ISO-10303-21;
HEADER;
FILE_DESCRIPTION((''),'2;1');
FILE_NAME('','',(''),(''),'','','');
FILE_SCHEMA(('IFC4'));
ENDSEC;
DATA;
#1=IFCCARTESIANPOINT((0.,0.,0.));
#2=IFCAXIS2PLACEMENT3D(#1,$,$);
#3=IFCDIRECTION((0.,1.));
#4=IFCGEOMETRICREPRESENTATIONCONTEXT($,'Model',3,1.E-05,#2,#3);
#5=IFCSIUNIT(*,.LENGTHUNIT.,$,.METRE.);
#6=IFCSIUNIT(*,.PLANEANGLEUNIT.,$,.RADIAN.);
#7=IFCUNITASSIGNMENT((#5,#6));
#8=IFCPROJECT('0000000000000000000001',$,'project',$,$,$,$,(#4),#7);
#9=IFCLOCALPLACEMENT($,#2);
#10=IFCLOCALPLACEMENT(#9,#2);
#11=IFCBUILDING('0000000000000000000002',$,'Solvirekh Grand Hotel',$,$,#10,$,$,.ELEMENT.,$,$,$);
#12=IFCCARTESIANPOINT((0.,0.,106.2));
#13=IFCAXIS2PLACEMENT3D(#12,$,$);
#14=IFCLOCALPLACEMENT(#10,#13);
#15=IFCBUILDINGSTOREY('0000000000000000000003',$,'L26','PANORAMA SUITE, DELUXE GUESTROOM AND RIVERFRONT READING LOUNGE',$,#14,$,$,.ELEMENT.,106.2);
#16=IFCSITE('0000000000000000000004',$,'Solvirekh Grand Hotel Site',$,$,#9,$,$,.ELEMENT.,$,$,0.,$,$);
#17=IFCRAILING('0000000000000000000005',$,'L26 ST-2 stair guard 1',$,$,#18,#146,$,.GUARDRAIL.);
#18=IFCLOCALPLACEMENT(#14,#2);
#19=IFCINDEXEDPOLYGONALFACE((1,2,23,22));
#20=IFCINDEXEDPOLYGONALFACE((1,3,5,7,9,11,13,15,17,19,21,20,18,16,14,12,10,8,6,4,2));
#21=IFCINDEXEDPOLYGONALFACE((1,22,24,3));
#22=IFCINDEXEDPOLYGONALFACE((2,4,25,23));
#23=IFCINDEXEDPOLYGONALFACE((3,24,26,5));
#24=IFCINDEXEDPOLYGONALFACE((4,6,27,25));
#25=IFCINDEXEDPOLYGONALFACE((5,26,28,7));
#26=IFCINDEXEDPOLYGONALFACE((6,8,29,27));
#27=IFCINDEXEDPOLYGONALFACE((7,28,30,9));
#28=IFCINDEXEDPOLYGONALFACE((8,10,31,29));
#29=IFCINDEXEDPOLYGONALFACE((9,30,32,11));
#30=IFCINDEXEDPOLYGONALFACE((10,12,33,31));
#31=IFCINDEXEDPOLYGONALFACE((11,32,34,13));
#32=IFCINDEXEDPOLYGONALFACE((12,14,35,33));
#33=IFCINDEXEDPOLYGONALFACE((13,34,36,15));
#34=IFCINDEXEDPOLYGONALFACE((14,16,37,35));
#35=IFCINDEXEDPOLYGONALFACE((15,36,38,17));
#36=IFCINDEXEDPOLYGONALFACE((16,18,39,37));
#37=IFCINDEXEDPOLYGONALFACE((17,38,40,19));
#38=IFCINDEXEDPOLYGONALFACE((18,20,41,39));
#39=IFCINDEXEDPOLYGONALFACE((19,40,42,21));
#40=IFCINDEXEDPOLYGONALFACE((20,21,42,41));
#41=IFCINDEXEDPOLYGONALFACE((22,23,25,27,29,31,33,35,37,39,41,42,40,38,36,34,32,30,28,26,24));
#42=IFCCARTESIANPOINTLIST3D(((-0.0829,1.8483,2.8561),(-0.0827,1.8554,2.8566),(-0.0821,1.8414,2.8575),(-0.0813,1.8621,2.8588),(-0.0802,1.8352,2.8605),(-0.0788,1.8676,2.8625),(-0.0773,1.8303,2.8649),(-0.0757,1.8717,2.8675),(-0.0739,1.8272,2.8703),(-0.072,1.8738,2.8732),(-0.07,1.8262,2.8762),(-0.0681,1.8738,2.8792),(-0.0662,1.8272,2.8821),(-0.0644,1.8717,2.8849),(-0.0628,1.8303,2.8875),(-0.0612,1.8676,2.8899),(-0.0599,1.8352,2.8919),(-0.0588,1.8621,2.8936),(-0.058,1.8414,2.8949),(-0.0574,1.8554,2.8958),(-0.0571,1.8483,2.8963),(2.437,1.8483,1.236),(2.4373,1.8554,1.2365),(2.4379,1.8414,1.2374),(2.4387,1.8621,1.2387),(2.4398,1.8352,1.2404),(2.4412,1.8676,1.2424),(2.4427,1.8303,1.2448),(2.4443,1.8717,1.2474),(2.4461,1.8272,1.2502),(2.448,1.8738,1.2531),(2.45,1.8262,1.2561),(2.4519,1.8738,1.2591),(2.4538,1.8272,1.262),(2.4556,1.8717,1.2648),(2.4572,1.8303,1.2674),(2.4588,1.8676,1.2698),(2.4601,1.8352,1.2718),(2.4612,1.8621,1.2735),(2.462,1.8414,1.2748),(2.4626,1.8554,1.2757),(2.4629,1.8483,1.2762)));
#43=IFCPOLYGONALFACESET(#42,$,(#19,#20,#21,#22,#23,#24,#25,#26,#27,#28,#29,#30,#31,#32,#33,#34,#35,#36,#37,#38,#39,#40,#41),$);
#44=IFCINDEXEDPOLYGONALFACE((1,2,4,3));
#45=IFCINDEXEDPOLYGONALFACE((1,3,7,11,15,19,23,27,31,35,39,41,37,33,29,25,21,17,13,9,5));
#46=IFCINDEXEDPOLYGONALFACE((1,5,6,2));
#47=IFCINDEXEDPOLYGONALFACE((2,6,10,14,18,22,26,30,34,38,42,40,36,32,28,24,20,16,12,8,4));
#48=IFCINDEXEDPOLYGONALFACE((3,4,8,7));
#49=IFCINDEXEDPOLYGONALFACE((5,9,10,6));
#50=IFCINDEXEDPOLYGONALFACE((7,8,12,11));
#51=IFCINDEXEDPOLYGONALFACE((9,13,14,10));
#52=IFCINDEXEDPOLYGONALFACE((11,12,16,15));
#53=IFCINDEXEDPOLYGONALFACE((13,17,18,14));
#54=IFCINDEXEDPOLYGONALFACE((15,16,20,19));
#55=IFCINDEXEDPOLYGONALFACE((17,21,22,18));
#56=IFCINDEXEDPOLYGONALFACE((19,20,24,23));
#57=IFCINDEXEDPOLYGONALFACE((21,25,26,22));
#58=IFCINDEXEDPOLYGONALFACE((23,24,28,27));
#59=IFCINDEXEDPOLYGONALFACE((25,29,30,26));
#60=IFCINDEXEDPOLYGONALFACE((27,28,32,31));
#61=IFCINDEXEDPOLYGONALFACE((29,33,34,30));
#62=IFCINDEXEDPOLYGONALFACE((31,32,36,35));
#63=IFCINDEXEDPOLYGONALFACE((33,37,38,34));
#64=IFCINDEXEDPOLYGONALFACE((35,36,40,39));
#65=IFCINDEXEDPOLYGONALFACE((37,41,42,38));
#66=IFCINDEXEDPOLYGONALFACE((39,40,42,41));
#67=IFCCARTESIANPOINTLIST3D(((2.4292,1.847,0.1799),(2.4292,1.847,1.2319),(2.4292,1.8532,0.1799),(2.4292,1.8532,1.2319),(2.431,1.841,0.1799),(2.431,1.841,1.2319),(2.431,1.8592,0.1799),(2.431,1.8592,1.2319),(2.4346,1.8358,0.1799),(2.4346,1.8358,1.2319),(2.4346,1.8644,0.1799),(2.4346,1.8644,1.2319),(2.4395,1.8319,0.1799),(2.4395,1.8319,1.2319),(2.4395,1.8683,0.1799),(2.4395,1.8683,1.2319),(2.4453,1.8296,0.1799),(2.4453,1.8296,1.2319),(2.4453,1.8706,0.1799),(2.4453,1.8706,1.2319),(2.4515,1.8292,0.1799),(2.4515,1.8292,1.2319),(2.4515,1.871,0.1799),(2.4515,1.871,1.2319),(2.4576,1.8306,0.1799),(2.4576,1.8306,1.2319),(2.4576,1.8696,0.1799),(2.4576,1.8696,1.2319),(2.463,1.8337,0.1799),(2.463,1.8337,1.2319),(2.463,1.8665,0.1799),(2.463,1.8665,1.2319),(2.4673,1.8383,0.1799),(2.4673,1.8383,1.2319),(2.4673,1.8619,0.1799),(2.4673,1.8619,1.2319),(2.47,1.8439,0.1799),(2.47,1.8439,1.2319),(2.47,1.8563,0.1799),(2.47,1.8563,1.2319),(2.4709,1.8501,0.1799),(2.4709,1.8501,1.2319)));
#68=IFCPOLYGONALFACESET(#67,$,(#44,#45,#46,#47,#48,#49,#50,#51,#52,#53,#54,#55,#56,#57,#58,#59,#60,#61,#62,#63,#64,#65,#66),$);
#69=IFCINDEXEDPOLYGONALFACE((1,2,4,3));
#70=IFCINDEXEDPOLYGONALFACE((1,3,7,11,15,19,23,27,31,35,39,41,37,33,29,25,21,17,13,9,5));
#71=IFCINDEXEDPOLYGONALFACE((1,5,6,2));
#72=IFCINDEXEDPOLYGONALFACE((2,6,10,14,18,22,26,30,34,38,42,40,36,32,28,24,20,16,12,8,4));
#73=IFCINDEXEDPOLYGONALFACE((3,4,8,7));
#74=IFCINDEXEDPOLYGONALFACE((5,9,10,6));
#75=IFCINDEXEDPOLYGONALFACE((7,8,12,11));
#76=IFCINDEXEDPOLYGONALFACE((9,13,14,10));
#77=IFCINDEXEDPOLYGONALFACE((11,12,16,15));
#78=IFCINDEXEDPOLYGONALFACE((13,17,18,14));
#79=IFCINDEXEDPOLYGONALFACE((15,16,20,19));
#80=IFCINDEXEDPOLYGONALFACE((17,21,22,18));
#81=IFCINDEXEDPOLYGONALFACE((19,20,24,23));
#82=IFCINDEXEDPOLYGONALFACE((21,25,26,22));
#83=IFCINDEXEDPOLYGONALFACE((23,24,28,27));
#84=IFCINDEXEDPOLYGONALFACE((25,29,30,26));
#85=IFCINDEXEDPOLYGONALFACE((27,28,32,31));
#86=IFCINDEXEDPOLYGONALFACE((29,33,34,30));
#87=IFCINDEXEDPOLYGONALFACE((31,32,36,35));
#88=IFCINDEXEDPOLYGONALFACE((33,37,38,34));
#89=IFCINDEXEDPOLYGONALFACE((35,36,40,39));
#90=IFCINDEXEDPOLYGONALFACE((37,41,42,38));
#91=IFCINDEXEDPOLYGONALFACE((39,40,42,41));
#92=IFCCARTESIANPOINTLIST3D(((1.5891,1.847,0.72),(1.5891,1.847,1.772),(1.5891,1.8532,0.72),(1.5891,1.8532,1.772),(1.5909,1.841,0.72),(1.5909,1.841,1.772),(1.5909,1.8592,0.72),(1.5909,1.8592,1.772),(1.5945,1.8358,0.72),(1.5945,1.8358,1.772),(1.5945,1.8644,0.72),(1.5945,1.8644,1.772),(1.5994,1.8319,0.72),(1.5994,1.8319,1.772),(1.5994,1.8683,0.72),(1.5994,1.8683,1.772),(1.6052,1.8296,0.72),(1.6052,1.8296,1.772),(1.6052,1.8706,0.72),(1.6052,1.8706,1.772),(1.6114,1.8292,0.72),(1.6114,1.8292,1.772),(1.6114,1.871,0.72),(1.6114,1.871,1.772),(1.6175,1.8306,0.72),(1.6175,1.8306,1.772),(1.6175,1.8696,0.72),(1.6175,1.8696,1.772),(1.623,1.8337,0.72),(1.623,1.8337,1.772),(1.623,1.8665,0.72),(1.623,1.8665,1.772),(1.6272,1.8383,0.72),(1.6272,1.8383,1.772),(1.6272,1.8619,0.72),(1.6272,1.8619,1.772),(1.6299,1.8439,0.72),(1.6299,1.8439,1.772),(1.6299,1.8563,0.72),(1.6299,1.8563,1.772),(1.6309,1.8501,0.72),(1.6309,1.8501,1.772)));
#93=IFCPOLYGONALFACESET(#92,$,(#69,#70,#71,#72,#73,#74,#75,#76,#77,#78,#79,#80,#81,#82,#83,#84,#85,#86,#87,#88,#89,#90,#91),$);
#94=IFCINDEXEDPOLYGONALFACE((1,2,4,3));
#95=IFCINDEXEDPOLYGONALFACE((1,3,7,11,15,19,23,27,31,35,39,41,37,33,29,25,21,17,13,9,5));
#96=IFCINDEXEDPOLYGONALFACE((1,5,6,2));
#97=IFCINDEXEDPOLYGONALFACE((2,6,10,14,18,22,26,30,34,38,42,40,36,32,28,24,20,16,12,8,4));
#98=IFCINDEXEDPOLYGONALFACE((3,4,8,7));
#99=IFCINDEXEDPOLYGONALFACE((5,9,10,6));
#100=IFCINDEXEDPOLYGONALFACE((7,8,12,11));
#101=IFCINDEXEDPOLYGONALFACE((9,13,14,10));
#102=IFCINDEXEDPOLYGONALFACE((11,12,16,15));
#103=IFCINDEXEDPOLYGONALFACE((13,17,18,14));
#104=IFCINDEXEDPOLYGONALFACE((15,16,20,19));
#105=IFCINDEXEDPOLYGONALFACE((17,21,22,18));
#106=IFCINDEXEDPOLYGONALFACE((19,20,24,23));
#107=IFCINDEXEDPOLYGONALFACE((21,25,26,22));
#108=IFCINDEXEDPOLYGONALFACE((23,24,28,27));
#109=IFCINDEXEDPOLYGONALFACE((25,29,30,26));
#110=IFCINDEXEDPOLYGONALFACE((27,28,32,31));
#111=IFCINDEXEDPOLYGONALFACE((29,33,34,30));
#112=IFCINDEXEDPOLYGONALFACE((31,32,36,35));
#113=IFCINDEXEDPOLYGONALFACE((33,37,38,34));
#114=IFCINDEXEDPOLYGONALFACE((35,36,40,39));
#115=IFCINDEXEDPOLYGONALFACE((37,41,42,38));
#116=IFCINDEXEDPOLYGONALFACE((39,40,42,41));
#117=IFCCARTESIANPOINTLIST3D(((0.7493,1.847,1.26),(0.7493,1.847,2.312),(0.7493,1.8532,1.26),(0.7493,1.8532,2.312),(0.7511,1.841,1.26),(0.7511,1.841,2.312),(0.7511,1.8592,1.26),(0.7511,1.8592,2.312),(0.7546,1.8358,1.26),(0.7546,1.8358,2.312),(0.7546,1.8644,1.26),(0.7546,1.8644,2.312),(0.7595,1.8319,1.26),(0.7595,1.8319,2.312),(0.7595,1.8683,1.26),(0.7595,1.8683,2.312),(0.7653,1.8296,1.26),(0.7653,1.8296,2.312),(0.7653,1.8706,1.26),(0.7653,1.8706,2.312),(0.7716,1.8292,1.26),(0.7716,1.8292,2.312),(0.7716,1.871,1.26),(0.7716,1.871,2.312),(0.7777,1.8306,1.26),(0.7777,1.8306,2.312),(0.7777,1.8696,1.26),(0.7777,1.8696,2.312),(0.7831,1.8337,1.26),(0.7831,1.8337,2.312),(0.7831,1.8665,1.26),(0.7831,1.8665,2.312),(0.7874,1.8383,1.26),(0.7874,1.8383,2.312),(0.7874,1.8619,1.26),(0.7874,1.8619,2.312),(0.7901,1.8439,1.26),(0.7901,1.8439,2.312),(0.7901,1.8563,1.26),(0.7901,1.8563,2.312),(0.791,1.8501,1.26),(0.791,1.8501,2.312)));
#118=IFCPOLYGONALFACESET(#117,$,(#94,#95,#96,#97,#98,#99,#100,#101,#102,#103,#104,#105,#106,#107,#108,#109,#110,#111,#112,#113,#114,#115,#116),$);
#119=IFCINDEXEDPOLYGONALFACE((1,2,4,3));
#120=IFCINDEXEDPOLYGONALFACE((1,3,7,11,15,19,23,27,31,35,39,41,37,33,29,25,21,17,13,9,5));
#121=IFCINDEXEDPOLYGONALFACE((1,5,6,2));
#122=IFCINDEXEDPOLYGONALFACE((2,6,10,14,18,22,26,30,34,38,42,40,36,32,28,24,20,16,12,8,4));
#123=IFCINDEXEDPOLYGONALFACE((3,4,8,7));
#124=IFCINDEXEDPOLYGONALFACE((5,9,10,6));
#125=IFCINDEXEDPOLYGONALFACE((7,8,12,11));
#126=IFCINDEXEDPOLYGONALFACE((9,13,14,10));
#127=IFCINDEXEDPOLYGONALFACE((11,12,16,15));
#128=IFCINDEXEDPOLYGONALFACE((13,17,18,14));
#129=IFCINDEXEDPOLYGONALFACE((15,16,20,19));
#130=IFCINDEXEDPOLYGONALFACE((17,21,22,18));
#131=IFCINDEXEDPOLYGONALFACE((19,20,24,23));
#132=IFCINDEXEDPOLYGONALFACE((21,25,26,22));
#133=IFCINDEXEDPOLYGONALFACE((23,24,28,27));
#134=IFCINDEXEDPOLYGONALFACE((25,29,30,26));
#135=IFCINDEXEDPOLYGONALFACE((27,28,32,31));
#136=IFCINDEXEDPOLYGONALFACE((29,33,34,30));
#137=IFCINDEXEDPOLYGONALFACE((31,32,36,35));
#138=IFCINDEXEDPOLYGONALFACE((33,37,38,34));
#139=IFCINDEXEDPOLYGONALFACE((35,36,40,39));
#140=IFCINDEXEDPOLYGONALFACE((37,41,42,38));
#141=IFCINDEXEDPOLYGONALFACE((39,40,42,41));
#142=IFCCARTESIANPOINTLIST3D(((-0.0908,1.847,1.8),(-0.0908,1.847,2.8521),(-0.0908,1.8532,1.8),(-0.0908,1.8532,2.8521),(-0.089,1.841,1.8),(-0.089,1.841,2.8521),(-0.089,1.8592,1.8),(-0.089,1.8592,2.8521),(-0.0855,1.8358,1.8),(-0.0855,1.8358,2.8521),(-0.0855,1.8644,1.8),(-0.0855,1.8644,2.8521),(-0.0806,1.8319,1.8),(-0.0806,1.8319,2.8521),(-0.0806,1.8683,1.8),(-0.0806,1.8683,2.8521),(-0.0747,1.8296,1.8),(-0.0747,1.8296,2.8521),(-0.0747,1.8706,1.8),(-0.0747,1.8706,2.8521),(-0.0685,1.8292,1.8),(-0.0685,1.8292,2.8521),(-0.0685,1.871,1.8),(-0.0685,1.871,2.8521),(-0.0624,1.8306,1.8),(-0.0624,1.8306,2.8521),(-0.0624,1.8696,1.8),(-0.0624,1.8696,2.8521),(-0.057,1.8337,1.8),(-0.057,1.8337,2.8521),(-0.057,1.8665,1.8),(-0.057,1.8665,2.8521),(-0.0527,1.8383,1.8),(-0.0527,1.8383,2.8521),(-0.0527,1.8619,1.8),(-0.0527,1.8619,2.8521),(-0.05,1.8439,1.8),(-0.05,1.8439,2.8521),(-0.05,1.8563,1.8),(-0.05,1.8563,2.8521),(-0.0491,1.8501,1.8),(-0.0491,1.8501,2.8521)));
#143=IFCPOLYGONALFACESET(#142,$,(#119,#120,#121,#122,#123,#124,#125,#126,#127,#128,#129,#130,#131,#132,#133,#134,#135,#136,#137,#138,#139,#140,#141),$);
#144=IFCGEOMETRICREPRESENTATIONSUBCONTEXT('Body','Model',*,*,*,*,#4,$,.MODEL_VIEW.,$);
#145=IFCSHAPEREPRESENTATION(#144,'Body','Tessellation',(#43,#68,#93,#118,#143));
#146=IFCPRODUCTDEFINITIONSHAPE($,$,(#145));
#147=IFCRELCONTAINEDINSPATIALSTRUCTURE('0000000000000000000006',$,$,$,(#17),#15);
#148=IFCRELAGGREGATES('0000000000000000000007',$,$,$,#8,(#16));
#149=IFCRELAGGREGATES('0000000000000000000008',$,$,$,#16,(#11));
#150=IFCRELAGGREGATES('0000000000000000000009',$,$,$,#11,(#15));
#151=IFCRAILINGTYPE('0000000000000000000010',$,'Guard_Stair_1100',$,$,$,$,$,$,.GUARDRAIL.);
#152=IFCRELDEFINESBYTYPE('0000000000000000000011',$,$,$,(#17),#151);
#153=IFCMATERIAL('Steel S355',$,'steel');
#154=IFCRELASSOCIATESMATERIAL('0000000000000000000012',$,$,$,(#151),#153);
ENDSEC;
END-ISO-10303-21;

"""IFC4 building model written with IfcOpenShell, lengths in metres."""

from ifc_helpers import new_model, si_unit, direction, frame, origin, origin_2d, place, context, subcontext, project, spatial, circle, extrude, material, type_object, element, save


model = new_model("IFC4")

# Units and contexts
model_context = context("Model", 3, precision=1e-05, world=origin(), true_north=direction((0.0, 1.0)))
body_context = subcontext(model_context, "Body", "Model", "MODEL_VIEW")
ifc_project = project(units=[si_unit("LENGTHUNIT", "METRE"), si_unit("PLANEANGLEUNIT", "RADIAN")], contexts=[model_context])

# Site, building, storey
site_placement = place(None, origin())
site = spatial("IfcSite", under=ifc_project, at=site_placement, Name="Solvirekh Grand Hotel Site", CompositionType="ELEMENT", RefElevation=0.0)
building_placement = place(site_placement, origin())
building = spatial("IfcBuilding", under=site, at=building_placement, Name="Solvirekh Grand Hotel", CompositionType="ELEMENT")
storey_placement = place(building_placement, frame((0.0, 0.0, 106.2)))
storey = spatial("IfcBuildingStorey", under=building, at=storey_placement, Name="L26", Description="PANORAMA SUITE, DELUXE GUESTROOM AND RIVERFRONT READING LOUNGE", CompositionType="ELEMENT", Elevation=106.2)

# Shared definitions
ifc_material_1 = material(Name="Steel S355", Category="steel")

# Railing
railing_type_1 = type_object("IfcRailingType", Name="Guard_Stair_1100", PredefinedType="GUARDRAIL", material=ifc_material_1)
railing_1_placement = place(storey_placement, frame((2.45, 1.8501, 0.1799)))
element("IfcRailing", 1, at=railing_1_placement, inside=storey, type_object=railing_type_1, Name="L26 ST-2 stair guard 1", PredefinedType="GUARDRAIL", context=body_context, shape_type="SweptSolid", body=[
    extrude(circle(Radius=0.0239, at=origin_2d()), frame((0.0, 0.0, 1.0762), z_axis=(-0.841163, 0.0, 0.540782), x_axis=(0.0, -1.0, 0.0)), (0.0, 0.0, 1.0), 2.9958),
    extrude(circle(Radius=0.021, at=origin_2d()), origin(), (0.0, 0.0, 1.0), 1.052),
    extrude(circle(Radius=0.021, at=origin_2d()), frame((-0.8401, 0.0, 0.54)), (0.0, 0.0, 1.0), 1.052),
    extrude(circle(Radius=0.021, at=origin_2d()), frame((-1.6799, 0.0, 1.0801)), (0.0, 0.0, 1.0), 1.052),
    extrude(circle(Radius=0.021, at=origin_2d()), frame((-2.52, 0.0, 1.6201)), (0.0, 0.0, 1.0), 1.052),
])

save(model, "model.ifc")
